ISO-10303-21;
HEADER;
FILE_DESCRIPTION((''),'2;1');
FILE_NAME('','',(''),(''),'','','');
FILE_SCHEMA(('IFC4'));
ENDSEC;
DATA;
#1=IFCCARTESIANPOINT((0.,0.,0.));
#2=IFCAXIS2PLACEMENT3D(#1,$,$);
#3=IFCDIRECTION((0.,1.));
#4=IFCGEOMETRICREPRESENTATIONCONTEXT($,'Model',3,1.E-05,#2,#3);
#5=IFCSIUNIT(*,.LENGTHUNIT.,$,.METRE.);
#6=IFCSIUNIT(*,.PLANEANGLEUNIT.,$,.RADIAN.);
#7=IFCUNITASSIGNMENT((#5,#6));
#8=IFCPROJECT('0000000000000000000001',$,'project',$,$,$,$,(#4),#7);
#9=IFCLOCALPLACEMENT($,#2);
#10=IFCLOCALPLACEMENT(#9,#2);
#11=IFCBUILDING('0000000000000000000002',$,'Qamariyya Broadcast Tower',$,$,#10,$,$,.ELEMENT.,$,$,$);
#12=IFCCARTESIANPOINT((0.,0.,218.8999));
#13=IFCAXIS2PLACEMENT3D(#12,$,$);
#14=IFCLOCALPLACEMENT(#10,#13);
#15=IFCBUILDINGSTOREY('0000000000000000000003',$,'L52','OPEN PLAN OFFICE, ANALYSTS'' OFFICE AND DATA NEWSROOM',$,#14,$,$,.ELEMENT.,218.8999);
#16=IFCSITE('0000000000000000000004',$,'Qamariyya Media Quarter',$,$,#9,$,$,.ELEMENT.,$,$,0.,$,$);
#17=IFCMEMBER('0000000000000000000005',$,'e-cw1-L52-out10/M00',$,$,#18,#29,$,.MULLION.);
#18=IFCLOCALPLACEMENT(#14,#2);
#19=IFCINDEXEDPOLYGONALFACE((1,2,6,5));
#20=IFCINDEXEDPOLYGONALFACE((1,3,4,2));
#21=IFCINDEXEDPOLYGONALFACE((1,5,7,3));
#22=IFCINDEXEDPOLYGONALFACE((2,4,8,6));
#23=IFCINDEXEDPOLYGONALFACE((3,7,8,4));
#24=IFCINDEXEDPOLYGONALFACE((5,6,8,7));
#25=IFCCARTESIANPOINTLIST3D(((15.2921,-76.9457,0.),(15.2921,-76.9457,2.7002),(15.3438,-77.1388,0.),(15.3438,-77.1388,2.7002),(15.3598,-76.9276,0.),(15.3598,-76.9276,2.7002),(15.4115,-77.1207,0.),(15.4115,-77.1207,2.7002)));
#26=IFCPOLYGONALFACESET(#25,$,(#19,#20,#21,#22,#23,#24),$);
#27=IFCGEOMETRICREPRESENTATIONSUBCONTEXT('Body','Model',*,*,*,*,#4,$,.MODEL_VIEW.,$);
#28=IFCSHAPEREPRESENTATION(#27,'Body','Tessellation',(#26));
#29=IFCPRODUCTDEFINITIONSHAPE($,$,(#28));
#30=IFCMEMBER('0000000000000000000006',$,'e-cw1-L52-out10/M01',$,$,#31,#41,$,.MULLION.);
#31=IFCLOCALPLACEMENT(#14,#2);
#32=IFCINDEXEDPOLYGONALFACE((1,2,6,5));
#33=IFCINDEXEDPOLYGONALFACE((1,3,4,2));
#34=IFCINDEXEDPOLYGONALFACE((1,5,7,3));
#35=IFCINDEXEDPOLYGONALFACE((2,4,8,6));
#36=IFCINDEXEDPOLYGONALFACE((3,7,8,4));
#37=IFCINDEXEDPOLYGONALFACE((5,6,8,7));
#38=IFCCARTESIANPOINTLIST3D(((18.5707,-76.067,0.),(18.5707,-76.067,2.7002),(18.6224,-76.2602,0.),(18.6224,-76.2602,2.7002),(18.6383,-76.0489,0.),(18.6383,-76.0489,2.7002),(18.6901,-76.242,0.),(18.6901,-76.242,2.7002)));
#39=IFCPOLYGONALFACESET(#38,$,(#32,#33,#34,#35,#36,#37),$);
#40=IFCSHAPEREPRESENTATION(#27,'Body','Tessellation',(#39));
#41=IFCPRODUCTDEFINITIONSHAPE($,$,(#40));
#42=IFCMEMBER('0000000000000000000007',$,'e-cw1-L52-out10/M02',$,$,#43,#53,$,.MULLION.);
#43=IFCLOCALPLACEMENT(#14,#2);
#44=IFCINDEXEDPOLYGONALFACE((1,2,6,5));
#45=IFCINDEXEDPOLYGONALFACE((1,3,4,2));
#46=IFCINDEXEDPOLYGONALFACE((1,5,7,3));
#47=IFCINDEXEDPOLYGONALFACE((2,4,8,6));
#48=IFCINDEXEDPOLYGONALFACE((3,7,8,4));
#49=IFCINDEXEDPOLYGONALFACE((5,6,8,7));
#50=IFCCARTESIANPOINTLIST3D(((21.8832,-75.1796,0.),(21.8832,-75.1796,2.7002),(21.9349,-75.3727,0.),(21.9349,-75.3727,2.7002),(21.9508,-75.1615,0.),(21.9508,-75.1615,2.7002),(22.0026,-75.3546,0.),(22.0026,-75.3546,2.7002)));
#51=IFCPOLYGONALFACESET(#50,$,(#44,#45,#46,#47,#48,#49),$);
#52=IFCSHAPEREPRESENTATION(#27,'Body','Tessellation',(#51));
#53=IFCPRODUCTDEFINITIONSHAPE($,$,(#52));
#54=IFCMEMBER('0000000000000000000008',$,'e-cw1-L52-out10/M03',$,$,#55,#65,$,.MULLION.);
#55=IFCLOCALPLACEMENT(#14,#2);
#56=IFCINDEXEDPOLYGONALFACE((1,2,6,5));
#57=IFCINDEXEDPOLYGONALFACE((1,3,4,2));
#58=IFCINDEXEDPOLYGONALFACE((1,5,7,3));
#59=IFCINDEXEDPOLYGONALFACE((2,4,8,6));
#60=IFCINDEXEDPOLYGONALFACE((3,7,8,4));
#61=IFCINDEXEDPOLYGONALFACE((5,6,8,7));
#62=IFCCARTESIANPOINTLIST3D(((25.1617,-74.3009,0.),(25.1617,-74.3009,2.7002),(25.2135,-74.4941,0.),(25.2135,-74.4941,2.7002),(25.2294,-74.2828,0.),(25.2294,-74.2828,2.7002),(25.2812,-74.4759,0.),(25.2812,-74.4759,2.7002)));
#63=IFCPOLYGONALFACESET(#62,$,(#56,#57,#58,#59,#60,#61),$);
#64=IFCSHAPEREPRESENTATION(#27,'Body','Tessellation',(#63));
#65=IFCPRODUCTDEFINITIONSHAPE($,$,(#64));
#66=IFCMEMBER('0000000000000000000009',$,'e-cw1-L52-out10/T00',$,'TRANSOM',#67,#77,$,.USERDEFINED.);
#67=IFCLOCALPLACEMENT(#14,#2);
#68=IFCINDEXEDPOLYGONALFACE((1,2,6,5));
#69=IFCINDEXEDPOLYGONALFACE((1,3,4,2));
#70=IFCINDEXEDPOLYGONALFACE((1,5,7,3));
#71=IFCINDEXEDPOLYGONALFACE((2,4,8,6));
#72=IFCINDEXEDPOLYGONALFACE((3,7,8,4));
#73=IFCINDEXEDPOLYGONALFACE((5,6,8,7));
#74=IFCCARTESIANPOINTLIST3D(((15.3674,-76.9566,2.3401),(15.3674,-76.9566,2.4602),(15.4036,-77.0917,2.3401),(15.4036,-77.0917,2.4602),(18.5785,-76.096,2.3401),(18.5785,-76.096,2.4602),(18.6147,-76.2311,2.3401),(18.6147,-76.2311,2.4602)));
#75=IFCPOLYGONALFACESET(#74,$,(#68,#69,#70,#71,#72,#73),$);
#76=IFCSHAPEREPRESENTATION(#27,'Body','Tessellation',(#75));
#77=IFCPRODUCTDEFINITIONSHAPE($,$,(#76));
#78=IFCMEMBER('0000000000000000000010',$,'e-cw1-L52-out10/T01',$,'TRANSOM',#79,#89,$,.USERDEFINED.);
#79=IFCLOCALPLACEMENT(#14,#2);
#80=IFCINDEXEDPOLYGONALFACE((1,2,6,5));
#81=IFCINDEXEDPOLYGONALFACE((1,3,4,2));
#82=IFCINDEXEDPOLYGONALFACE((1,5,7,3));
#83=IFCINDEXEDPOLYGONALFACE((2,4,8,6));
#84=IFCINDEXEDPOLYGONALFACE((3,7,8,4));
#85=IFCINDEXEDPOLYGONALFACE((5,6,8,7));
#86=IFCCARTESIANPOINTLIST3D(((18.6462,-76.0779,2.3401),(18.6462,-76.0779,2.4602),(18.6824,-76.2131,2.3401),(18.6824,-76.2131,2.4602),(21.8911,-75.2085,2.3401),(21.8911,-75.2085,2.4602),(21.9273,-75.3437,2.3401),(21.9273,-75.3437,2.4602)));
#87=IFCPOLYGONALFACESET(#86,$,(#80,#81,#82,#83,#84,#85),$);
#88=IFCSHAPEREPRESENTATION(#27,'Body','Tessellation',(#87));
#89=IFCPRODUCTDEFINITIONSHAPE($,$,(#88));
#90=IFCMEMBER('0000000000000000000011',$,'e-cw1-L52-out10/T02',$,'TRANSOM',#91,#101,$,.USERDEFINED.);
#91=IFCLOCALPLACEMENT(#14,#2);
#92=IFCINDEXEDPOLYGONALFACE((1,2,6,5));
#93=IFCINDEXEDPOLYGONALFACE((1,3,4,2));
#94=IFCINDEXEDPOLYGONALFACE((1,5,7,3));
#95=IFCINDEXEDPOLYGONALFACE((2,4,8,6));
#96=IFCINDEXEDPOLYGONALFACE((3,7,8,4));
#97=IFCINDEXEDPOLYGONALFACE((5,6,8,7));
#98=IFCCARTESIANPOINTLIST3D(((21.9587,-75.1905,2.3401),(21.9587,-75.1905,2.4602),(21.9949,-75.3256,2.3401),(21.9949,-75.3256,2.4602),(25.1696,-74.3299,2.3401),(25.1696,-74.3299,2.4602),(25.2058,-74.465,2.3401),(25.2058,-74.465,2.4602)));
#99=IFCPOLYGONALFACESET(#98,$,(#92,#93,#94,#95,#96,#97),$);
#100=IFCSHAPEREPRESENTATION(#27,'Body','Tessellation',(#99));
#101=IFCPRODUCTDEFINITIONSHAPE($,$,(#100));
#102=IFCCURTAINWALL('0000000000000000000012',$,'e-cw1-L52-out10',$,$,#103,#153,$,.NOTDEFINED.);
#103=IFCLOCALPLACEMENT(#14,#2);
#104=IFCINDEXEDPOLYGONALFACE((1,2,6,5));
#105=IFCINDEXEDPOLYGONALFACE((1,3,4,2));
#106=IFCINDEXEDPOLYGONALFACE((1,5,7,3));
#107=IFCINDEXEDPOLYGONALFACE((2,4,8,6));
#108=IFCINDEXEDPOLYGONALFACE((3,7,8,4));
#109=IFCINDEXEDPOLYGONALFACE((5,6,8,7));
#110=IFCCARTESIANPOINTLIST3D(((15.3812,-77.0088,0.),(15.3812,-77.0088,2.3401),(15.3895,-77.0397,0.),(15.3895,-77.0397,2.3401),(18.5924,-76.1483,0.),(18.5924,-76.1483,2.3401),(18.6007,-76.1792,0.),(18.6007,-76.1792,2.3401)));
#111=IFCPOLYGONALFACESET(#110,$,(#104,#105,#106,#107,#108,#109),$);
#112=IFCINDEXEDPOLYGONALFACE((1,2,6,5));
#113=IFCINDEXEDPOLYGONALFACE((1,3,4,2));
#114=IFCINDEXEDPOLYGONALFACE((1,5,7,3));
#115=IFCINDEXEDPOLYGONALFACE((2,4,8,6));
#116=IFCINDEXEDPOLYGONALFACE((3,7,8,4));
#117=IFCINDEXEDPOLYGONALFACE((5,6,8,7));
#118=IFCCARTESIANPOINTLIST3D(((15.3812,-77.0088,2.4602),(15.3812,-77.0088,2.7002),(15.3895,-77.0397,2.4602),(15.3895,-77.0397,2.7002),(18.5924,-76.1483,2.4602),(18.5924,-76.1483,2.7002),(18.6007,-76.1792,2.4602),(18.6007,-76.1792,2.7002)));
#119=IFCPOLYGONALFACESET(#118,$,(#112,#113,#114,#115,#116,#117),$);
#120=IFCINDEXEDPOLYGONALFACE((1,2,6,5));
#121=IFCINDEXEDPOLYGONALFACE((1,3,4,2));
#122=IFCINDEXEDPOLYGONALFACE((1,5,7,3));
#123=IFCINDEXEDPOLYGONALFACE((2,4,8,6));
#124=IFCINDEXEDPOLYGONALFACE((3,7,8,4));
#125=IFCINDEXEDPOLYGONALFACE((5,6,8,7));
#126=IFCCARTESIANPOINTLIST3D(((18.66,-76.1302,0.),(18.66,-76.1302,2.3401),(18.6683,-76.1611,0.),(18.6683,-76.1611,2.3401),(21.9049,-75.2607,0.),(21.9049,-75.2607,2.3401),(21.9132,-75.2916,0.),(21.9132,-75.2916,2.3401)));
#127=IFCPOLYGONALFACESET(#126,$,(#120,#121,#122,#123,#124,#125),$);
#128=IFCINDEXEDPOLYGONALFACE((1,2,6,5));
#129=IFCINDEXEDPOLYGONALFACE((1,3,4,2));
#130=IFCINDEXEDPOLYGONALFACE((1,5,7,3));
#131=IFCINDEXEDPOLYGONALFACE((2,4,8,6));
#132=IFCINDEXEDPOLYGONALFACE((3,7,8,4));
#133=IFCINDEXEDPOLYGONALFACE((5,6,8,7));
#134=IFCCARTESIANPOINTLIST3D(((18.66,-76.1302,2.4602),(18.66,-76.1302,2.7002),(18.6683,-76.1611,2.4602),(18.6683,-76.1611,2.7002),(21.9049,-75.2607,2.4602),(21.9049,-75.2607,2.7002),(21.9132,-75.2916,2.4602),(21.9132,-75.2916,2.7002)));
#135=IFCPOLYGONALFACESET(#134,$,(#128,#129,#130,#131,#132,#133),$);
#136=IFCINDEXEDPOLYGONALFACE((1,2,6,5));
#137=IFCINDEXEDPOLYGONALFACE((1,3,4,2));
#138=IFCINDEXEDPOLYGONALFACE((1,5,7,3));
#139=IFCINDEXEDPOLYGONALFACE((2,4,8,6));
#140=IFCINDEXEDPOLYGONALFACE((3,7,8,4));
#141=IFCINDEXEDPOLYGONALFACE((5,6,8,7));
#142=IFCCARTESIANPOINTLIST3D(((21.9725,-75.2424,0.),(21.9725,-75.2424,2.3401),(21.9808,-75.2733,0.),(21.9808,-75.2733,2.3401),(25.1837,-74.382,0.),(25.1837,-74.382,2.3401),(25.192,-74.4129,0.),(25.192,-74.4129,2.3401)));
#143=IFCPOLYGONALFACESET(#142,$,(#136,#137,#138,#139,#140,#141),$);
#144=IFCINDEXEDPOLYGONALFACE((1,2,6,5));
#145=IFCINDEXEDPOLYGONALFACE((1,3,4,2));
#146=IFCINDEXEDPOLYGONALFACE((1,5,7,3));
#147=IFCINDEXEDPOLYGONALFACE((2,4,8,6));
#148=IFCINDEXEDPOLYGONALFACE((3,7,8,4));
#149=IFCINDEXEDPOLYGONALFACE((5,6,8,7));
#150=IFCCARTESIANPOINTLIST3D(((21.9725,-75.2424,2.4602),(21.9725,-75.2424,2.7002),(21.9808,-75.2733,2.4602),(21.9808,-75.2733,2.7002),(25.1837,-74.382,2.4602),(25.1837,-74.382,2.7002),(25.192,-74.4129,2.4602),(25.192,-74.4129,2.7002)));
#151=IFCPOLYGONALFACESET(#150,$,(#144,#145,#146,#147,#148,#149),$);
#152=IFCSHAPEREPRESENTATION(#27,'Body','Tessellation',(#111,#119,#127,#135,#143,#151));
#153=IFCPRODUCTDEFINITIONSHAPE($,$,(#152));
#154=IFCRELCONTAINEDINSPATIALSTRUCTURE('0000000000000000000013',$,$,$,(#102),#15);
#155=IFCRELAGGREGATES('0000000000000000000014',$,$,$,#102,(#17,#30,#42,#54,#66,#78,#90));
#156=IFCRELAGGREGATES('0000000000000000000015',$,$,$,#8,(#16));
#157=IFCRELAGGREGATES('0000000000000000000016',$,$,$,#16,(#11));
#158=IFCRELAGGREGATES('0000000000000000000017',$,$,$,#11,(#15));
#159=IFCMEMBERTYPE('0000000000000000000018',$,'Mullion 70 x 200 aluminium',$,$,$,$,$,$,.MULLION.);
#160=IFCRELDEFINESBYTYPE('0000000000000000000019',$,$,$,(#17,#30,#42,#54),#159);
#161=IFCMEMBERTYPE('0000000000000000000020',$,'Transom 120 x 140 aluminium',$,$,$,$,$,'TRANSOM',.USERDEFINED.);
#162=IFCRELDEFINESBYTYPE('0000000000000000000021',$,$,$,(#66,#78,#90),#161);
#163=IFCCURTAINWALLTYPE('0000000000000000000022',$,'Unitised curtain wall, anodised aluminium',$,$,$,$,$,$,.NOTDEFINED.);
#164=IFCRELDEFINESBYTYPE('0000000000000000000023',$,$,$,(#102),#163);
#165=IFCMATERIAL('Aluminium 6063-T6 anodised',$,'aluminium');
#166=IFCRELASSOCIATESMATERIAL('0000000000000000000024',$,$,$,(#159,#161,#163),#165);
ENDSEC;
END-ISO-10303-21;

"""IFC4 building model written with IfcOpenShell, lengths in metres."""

from ifc_helpers import new_model, si_unit, direction, frame, origin, origin_2d, place, context, subcontext, project, spatial, rectangle, extrude, material, material_profile, profile_set, type_object, element, aggregate, save


model = new_model("IFC4")

# Units and contexts
model_context = context("Model", 3, precision=1e-05, world=origin(), true_north=direction((0.0, 1.0)))
body_context = subcontext(model_context, "Body", "Model", "MODEL_VIEW")
ifc_project = project(units=[si_unit("LENGTHUNIT", "METRE"), si_unit("PLANEANGLEUNIT", "RADIAN")], contexts=[model_context])

# Members
ifc_material = material(Name="Aluminium 6063-T6 anodised", Category="aluminium")
ifc_material_profile_1 = material_profile(ifc_material, rectangle(XDim=0.2, YDim=0.0701, at=origin_2d()))
ifc_profile_set_1 = profile_set([ifc_material_profile_1], Name="Aluminium 6063-T6 anodised")
member_type_1 = type_object("IfcMemberType", Name="Mullion 70 x 200 aluminium", PredefinedType="MULLION", material=ifc_profile_set_1)
site_placement = place(None, origin())
building_placement = place(site_placement, origin())
storey_placement = place(building_placement, frame((0.0, 0.0, 218.8999)))
member_1_placement = place(storey_placement, frame((15.3518, -77.0332, 0.0), z_axis=(0.0, 0.0, 1.0), x_axis=(-0.258819, 0.965926, 0.0)))
member_1 = element("IfcMember", 1, at=member_1_placement, type_object=member_type_1, Name="e-cw1-L52-out10/M00", PredefinedType="MULLION", context=body_context, shape_type="SweptSolid", body=[
    extrude(rectangle(XDim=0.2, YDim=0.0701, at=origin_2d()), origin(), (0.0, 0.0, 1.0), 2.7002),
])
member_2_placement = place(storey_placement, frame((18.6304, -76.1545, 0.0), z_axis=(0.0, 0.0, 1.0), x_axis=(-0.258819, 0.965926, 0.0)))
member_2 = element("IfcMember", 2, at=member_2_placement, type_object=member_type_1, Name="e-cw1-L52-out10/M01", PredefinedType="MULLION", context=body_context, shape_type="SweptSolid", body=[
    extrude(rectangle(XDim=0.2, YDim=0.0701, at=origin_2d()), origin(), (0.0, 0.0, 1.0), 2.7002),
])
member_3_placement = place(storey_placement, frame((21.9429, -75.2671, 0.0), z_axis=(0.0, 0.0, 1.0), x_axis=(-0.258819, 0.965926, 0.0)))
member_3 = element("IfcMember", 3, at=member_3_placement, type_object=member_type_1, Name="e-cw1-L52-out10/M02", PredefinedType="MULLION", context=body_context, shape_type="SweptSolid", body=[
    extrude(rectangle(XDim=0.2, YDim=0.0701, at=origin_2d()), origin(), (0.0, 0.0, 1.0), 2.7002),
])
member_4_placement = place(storey_placement, frame((25.2214, -74.3884, 0.0), z_axis=(0.0, 0.0, 1.0), x_axis=(-0.258819, 0.965926, 0.0)))
member_4 = element("IfcMember", 4, at=member_4_placement, type_object=member_type_1, Name="e-cw1-L52-out10/M03", PredefinedType="MULLION", context=body_context, shape_type="SweptSolid", body=[
    extrude(rectangle(XDim=0.2, YDim=0.0701, at=origin_2d()), origin(), (0.0, 0.0, 1.0), 2.7002),
])
ifc_material_profile_2 = material_profile(ifc_material, rectangle(XDim=0.1399, YDim=0.1201, at=origin_2d()))
ifc_profile_set_2 = profile_set([ifc_material_profile_2], Name="Aluminium 6063-T6 anodised")
member_type_2 = type_object("IfcMemberType", Name="Transom 120 x 140 aluminium", ElementType="TRANSOM", PredefinedType="USERDEFINED", material=ifc_profile_set_2)
member_5_placement = place(storey_placement, frame((15.3855, -77.0242, 2.4001), z_axis=(0.965914, 0.258865, 0.0), x_axis=(-0.258865, 0.965914, 0.0)))
member_5 = element("IfcMember", 5, at=member_5_placement, type_object=member_type_2, Name="e-cw1-L52-out10/T00", ObjectType="TRANSOM", PredefinedType="USERDEFINED", context=body_context, shape_type="SweptSolid", body=[
    extrude(rectangle(XDim=0.1399, YDim=0.1201, at=origin_2d()), origin(), (0.0, 0.0, 1.0), 3.3245),
])
member_6_placement = place(storey_placement, frame((18.6643, -76.1455, 2.4001), z_axis=(0.965932, 0.258798, 0.0), x_axis=(-0.258798, 0.965932, 0.0)))
member_6 = element("IfcMember", 6, at=member_6_placement, type_object=member_type_2, Name="e-cw1-L52-out10/T01", ObjectType="TRANSOM", PredefinedType="USERDEFINED", context=body_context, shape_type="SweptSolid", body=[
    extrude(rectangle(XDim=0.1399, YDim=0.1201, at=origin_2d()), origin(), (0.0, 0.0, 1.0), 3.3594),
])
member_7_placement = place(storey_placement, frame((21.9768, -75.2581, 2.4001), z_axis=(0.965909, 0.258883, 0.0), x_axis=(-0.258883, 0.965909, 0.0)))
member_7 = element("IfcMember", 7, at=member_7_placement, type_object=member_type_2, Name="e-cw1-L52-out10/T02", ObjectType="TRANSOM", PredefinedType="USERDEFINED", context=body_context, shape_type="SweptSolid", body=[
    extrude(rectangle(XDim=0.1399, YDim=0.1201, at=origin_2d()), origin(), (0.0, 0.0, 1.0), 3.3242),
])

# Site, building, storey
site = spatial("IfcSite", under=ifc_project, at=site_placement, Name="Qamariyya Media Quarter", CompositionType="ELEMENT", RefElevation=0.0)
building = spatial("IfcBuilding", under=site, at=building_placement, Name="Qamariyya Broadcast Tower", CompositionType="ELEMENT")
storey = spatial("IfcBuildingStorey", under=building, at=storey_placement, Name="L52", Description="OPEN PLAN OFFICE, ANALYSTS' OFFICE AND DATA NEWSROOM", CompositionType="ELEMENT", Elevation=218.8999)

# Curtain wall
curtain_wall_type = type_object("IfcCurtainWallType", Name="Unitised curtain wall, anodised aluminium", PredefinedType="NOTDEFINED", material=ifc_material)
curtain_wall_1_placement = place(storey_placement, origin())
curtain_wall_1 = element("IfcCurtainWall", 8, at=curtain_wall_1_placement, inside=storey, type_object=curtain_wall_type, Name="e-cw1-L52-out10", PredefinedType="NOTDEFINED", context=body_context, shape_type="SweptSolid", body=[
    extrude(rectangle(XDim=3.3245, YDim=0.032, at=origin_2d()), frame((16.991, -76.594, 0.0), x_axis=(0.965923, 0.258828, 0.0)), (0.0, 0.0, 1.0), 2.3401),
    extrude(rectangle(XDim=3.3245, YDim=0.032, at=origin_2d()), frame((16.991, -76.594, 2.4602), x_axis=(0.965923, 0.258828, 0.0)), (0.0, 0.0, 1.0), 0.24),
    extrude(rectangle(XDim=3.3594, YDim=0.032, at=origin_2d()), frame((20.2866, -75.7109, 0.0), x_axis=(0.965923, 0.258828, 0.0)), (0.0, 0.0, 1.0), 2.3401),
    extrude(rectangle(XDim=3.3594, YDim=0.032, at=origin_2d()), frame((20.2866, -75.7109, 2.4602), x_axis=(0.965923, 0.258828, 0.0)), (0.0, 0.0, 1.0), 0.24),
    extrude(rectangle(XDim=3.3245, YDim=0.032, at=origin_2d()), frame((23.5823, -74.8276, 0.0), x_axis=(0.965923, 0.258828, 0.0)), (0.0, 0.0, 1.0), 2.3401),
    extrude(rectangle(XDim=3.3245, YDim=0.032, at=origin_2d()), frame((23.5823, -74.8276, 2.4602), x_axis=(0.965923, 0.258828, 0.0)), (0.0, 0.0, 1.0), 0.24),
])
aggregate(curtain_wall_1, [member_1, member_2, member_3, member_4, member_5, member_6, member_7])

save(model, "model.ifc")
